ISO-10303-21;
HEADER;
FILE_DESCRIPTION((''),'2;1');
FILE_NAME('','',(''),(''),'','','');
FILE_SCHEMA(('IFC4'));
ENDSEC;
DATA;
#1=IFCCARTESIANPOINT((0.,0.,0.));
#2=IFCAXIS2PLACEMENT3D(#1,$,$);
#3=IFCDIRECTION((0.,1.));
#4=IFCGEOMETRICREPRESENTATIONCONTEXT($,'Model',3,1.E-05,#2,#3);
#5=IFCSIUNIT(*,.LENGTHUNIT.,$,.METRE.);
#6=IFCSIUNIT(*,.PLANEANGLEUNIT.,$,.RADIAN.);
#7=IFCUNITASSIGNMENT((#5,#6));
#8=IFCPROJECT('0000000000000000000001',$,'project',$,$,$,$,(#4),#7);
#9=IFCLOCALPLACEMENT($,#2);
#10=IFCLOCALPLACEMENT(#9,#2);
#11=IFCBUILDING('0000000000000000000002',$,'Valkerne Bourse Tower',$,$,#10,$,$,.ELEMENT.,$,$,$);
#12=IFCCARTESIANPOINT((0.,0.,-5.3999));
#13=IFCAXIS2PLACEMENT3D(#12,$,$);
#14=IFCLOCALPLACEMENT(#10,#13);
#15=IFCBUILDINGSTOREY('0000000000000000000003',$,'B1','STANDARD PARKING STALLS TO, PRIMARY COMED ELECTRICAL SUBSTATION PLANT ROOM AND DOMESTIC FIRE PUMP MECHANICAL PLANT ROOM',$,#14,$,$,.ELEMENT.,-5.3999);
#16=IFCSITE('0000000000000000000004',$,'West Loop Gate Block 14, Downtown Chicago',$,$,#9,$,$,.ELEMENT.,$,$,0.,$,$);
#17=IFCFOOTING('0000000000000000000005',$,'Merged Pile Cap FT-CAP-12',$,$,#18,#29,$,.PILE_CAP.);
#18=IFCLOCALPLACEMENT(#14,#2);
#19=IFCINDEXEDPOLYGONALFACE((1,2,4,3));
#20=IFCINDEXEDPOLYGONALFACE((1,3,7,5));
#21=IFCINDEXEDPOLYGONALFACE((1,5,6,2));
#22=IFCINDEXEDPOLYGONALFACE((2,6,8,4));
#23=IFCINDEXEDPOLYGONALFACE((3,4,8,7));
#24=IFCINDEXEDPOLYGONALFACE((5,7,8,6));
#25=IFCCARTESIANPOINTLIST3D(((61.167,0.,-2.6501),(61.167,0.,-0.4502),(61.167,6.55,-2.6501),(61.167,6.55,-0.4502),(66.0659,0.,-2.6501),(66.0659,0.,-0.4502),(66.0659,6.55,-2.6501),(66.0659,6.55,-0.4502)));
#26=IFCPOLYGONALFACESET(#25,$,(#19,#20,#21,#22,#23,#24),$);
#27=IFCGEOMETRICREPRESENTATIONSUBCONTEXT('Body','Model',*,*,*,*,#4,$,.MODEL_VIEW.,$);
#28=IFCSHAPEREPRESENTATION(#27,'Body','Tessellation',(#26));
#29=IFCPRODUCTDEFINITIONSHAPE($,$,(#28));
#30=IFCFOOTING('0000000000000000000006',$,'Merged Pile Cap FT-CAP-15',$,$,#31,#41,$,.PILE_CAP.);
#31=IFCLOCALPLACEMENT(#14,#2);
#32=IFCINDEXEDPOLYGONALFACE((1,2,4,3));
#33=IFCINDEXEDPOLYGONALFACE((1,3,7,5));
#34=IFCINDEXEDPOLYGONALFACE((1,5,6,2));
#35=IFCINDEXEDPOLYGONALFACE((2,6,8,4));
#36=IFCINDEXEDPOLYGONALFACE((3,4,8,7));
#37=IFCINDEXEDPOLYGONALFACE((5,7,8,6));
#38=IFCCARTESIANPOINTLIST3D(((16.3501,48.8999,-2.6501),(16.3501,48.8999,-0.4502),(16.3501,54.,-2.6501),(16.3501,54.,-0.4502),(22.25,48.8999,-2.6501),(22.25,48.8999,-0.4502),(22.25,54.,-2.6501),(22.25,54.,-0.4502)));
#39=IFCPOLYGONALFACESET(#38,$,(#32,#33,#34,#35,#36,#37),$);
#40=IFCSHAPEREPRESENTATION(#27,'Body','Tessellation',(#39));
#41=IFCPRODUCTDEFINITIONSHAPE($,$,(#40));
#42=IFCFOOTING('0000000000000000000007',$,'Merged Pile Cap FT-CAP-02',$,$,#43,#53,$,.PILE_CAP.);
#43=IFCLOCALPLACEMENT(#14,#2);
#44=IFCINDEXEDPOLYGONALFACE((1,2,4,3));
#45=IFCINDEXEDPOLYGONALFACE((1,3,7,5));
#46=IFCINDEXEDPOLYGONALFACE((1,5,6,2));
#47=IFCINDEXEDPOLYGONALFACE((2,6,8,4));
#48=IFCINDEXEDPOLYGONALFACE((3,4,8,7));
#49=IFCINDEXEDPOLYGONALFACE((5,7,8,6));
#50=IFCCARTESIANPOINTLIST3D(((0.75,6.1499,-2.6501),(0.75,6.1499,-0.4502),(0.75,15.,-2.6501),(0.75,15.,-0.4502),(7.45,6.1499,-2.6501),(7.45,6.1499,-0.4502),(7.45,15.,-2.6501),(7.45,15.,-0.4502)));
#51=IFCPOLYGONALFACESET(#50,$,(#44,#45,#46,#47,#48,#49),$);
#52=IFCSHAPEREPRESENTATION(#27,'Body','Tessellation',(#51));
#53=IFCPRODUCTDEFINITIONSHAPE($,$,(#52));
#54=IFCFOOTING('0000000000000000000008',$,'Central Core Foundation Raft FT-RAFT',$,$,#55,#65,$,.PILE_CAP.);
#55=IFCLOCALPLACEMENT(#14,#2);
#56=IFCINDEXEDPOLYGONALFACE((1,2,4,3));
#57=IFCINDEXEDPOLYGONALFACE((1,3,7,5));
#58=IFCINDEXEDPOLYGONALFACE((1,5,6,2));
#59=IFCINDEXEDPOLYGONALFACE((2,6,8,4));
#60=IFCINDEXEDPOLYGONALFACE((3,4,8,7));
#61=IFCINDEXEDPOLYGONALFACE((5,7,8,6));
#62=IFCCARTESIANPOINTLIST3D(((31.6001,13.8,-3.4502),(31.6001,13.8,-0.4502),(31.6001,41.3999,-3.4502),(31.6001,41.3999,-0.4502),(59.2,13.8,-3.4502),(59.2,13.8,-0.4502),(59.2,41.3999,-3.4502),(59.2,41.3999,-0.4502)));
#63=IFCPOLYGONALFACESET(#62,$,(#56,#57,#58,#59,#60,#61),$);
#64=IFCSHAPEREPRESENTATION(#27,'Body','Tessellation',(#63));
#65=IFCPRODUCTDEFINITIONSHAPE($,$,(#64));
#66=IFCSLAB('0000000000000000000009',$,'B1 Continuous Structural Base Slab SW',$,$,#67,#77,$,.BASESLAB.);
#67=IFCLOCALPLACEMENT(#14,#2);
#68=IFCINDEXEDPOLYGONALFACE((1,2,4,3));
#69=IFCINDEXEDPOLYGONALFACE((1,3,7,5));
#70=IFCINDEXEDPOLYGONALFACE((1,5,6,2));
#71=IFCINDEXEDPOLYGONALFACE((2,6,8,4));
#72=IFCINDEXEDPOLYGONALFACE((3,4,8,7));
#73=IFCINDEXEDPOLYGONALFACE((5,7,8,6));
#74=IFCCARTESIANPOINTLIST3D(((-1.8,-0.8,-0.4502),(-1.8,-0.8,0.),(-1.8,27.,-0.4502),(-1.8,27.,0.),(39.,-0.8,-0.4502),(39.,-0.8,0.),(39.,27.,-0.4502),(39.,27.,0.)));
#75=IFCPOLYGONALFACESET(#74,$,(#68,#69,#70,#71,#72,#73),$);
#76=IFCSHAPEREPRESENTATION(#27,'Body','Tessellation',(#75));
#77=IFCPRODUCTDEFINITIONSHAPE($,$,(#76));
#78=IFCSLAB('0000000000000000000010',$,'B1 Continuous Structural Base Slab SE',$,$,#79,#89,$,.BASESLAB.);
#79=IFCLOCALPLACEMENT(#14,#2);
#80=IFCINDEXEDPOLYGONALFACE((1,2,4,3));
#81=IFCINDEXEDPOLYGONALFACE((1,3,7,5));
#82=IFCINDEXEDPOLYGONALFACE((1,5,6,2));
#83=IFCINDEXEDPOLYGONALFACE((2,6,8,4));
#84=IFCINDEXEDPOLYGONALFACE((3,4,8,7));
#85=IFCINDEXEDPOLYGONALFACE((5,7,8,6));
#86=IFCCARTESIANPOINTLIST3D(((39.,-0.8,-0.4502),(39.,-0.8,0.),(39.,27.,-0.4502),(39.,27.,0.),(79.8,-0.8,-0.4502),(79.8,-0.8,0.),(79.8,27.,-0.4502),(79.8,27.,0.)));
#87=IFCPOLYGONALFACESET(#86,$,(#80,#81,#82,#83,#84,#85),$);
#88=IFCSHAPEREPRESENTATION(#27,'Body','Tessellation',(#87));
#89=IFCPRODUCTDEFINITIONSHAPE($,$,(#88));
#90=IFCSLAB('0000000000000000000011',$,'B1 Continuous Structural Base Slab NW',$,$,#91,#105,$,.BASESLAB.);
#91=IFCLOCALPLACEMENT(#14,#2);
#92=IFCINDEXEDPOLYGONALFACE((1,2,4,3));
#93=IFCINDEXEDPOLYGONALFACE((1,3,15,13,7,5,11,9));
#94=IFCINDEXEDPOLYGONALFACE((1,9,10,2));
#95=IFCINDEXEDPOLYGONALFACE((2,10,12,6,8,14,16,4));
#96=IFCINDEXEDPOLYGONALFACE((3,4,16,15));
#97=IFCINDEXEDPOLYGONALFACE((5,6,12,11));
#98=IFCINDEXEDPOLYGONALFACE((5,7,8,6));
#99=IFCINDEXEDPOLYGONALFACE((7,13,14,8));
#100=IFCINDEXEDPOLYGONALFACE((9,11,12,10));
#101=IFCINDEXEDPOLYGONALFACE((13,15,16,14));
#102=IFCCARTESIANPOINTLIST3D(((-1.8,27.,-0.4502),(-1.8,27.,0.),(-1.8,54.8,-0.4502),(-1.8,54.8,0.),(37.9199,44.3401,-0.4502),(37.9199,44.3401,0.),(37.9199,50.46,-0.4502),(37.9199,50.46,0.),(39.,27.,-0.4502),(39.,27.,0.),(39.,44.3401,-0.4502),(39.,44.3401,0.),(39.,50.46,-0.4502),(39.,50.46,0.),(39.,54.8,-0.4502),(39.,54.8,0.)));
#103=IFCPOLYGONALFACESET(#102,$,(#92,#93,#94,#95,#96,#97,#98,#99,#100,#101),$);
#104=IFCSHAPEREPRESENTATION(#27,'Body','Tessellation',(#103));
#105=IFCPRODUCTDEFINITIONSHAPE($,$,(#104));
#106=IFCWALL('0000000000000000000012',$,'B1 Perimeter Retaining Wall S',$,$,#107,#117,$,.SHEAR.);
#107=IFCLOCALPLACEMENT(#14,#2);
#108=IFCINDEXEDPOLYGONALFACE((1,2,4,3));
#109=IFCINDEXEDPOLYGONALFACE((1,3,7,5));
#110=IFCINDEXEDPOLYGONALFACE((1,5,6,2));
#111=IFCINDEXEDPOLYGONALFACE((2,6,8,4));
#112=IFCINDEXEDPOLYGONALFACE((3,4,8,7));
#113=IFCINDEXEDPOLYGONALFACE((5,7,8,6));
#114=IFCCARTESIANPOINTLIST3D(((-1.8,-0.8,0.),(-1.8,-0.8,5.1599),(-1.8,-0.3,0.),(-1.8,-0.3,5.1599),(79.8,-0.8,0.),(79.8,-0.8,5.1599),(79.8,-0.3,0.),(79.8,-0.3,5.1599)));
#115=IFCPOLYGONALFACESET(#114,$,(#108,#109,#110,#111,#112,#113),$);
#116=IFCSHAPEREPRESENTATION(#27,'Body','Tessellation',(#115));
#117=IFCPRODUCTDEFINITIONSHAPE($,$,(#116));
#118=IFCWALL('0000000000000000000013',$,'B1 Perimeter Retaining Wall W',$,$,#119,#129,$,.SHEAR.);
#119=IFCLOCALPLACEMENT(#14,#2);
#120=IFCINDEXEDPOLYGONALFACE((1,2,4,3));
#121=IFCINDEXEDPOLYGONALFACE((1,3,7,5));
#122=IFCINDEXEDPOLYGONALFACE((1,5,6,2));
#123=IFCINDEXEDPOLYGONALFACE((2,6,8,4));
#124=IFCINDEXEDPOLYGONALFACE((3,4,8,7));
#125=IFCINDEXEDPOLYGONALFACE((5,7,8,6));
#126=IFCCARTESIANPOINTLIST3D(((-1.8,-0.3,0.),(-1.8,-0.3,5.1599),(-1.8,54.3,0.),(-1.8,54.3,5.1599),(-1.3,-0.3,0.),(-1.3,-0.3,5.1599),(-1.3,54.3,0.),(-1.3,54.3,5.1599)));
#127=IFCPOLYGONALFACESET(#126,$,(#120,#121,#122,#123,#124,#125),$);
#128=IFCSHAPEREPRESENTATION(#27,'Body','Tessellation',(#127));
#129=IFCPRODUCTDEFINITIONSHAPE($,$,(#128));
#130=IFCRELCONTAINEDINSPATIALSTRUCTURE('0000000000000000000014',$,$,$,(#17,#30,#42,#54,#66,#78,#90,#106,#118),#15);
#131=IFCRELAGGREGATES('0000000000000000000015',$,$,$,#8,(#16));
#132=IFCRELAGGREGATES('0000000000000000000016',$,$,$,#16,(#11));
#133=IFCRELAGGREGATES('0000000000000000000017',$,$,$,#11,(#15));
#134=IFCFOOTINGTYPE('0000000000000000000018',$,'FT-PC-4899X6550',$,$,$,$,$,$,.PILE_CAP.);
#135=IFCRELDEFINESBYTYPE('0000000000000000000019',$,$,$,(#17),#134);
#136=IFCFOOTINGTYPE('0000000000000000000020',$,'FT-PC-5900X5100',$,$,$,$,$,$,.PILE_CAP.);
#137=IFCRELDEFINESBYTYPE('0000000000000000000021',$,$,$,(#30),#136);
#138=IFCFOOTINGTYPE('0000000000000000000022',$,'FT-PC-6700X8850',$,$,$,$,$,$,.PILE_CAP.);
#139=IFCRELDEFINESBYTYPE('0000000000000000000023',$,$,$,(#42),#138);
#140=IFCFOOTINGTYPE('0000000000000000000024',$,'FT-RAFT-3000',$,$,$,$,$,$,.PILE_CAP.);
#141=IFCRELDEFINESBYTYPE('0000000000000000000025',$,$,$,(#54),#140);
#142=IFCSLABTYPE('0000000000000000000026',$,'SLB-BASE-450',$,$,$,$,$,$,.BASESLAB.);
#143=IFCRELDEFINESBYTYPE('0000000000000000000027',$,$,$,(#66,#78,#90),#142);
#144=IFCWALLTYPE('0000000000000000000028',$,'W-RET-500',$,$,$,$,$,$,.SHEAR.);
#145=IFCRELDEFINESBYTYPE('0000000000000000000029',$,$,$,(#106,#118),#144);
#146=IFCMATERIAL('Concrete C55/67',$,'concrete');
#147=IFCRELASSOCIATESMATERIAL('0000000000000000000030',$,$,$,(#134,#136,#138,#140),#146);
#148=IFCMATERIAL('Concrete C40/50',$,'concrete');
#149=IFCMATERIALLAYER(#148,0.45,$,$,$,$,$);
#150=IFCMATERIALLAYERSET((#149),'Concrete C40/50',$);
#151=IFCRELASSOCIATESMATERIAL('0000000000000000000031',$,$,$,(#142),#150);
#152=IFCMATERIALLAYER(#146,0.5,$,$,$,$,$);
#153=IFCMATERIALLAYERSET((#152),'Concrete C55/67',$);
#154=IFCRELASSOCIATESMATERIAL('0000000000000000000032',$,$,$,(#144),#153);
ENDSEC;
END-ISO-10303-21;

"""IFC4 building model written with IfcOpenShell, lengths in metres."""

from ifc_helpers import new_model, si_unit, direction, frame, frame_2d, origin, place, context, subcontext, project, spatial, polyline, rectangle, outline, extrude, material, layer, layer_set, type_object, element, save


model = new_model("IFC4")

# Units and contexts
model_context = context("Model", 3, precision=1e-05, world=origin(), true_north=direction((0.0, 1.0)))
body_context = subcontext(model_context, "Body", "Model", "MODEL_VIEW")
ifc_project = project(units=[si_unit("LENGTHUNIT", "METRE"), si_unit("PLANEANGLEUNIT", "RADIAN")], contexts=[model_context])

# Site, building, storey
site_placement = place(None, origin())
site = spatial("IfcSite", under=ifc_project, at=site_placement, Name="West Loop Gate Block 14, Downtown Chicago", CompositionType="ELEMENT", RefElevation=0.0)
building_placement = place(site_placement, origin())
building = spatial("IfcBuilding", under=site, at=building_placement, Name="Valkerne Bourse Tower", CompositionType="ELEMENT")
storey_placement = place(building_placement, frame((0.0, 0.0, -5.3999)))
storey = spatial("IfcBuildingStorey", under=building, at=storey_placement, Name="B1", Description="STANDARD PARKING STALLS TO, PRIMARY COMED ELECTRICAL SUBSTATION PLANT ROOM AND DOMESTIC FIRE PUMP MECHANICAL PLANT ROOM", CompositionType="ELEMENT", Elevation=-5.3999)

# Footings
ifc_material_1 = material(Name="Concrete C55/67", Category="concrete")
footing_type_1 = type_object("IfcFootingType", Name="FT-PC-4899X6550", PredefinedType="PILE_CAP", material=ifc_material_1)
footing_1_placement = place(storey_placement, frame((0.0, 0.0, -2.6501)))
element("IfcFooting", 1, at=footing_1_placement, inside=storey, type_object=footing_type_1, Name="Merged Pile Cap FT-CAP-12", PredefinedType="PILE_CAP", context=body_context, shape_type="SweptSolid", body=[
    extrude(outline(polyline([(61.167, 0.0), (66.0659, 0.0), (66.0659, 6.55), (61.167, 6.55), (61.167, 0.0)])), origin(), (0.0, 0.0, 1.0), 2.2),
])
footing_type_2 = type_object("IfcFootingType", Name="FT-PC-5900X5100", PredefinedType="PILE_CAP", material=ifc_material_1)
footing_2_placement = place(storey_placement, frame((0.0, 0.0, -2.6501)))
element("IfcFooting", 2, at=footing_2_placement, inside=storey, type_object=footing_type_2, Name="Merged Pile Cap FT-CAP-15", PredefinedType="PILE_CAP", context=body_context, shape_type="SweptSolid", body=[
    extrude(outline(polyline([(16.3501, 48.8999), (22.25, 48.8999), (22.25, 54.0), (16.3501, 54.0), (16.3501, 48.8999)])), origin(), (0.0, 0.0, 1.0), 2.2),
])
footing_type_3 = type_object("IfcFootingType", Name="FT-PC-6700X8850", PredefinedType="PILE_CAP", material=ifc_material_1)
footing_3_placement = place(storey_placement, frame((0.0, 0.0, -2.6501)))
element("IfcFooting", 3, at=footing_3_placement, inside=storey, type_object=footing_type_3, Name="Merged Pile Cap FT-CAP-02", PredefinedType="PILE_CAP", context=body_context, shape_type="SweptSolid", body=[
    extrude(outline(polyline([(0.75, 6.1499), (7.45, 6.1499), (7.45, 15.0), (0.75, 15.0), (0.75, 6.1499)])), origin(), (0.0, 0.0, 1.0), 2.2),
])
footing_type_4 = type_object("IfcFootingType", Name="FT-RAFT-3000", PredefinedType="PILE_CAP", material=ifc_material_1)
footing_4_placement = place(storey_placement, frame((0.0, 0.0, -3.4502)))
element("IfcFooting", 4, at=footing_4_placement, inside=storey, type_object=footing_type_4, Name="Central Core Foundation Raft FT-RAFT", PredefinedType="PILE_CAP", context=body_context, shape_type="SweptSolid", body=[
    extrude(outline(polyline([(31.6001, 13.8), (59.2, 13.8), (59.2, 41.3999), (31.6001, 41.3999), (31.6001, 13.8)])), origin(), (0.0, 0.0, 1.0), 3.0),
])

# Slabs
ifc_material_2 = material(Name="Concrete C40/50", Category="concrete")
ifc_layer_1 = layer(ifc_material_2, 0.45)
ifc_layer_set_1 = layer_set([ifc_layer_1], Name="Concrete C40/50")
slab_type = type_object("IfcSlabType", Name="SLB-BASE-450", PredefinedType="BASESLAB", material=ifc_layer_set_1)
slab_1_placement = place(storey_placement, frame((0.0, 0.0, -0.4502)))
element("IfcSlab", 5, at=slab_1_placement, inside=storey, type_object=slab_type, Name="B1 Continuous Structural Base Slab SW", PredefinedType="BASESLAB", context=body_context, shape_type="SweptSolid", body=[
    extrude(outline(polyline([(39.0, -0.8), (39.0, 27.0), (-1.8, 27.0), (-1.8, -0.8), (39.0, -0.8)])), origin(), (0.0, 0.0, 1.0), 0.4502),
])
slab_2_placement = place(storey_placement, frame((0.0, 0.0, -0.4502)))
element("IfcSlab", 6, at=slab_2_placement, inside=storey, type_object=slab_type, Name="B1 Continuous Structural Base Slab SE", PredefinedType="BASESLAB", context=body_context, shape_type="SweptSolid", body=[
    extrude(outline(polyline([(79.8, -0.8), (79.8, 27.0), (39.0, 27.0), (39.0, -0.8), (79.8, -0.8)])), origin(), (0.0, 0.0, 1.0), 0.4502),
])
slab_3_placement = place(storey_placement, frame((0.0, 0.0, -0.4502)))
element("IfcSlab", 7, at=slab_3_placement, inside=storey, type_object=slab_type, Name="B1 Continuous Structural Base Slab NW", PredefinedType="BASESLAB", context=body_context, shape_type="SweptSolid", body=[
    extrude(outline(polyline([(39.0, 27.0), (-1.8, 27.0), (-1.8, 54.8), (39.0, 54.8), (39.0, 50.46), (37.9199, 50.46), (37.9199, 44.3401), (39.0, 44.3401), (39.0, 27.0)])), origin(), (0.0, 0.0, 1.0), 0.4502),
])

# Walls
ifc_layer_2 = layer(ifc_material_1, 0.5)
ifc_layer_set_2 = layer_set([ifc_layer_2], Name="Concrete C55/67")
wall_type = type_object("IfcWallType", Name="W-RET-500", PredefinedType="SHEAR", material=ifc_layer_set_2)
wall_1_placement = place(storey_placement, frame((-1.8, -0.55, 0.0), z_axis=(0.0, 0.0, 1.0), x_axis=(1.0, 0.0, 0.0)))
element("IfcWall", 8, at=wall_1_placement, inside=storey, type_object=wall_type, Name="B1 Perimeter Retaining Wall S", PredefinedType="SHEAR", context=body_context, shape_type="SweptSolid", body=[
    extrude(rectangle(XDim=81.6001, YDim=0.5, at=frame_2d((40.8, 0.0))), origin(), (0.0, 0.0, 1.0), 5.1599),
])
wall_2_placement = place(storey_placement, frame((-1.55, -0.3, 0.0), z_axis=(0.0, 0.0, 1.0), x_axis=(0.0, 1.0, 0.0)))
element("IfcWall", 9, at=wall_2_placement, inside=storey, type_object=wall_type, Name="B1 Perimeter Retaining Wall W", PredefinedType="SHEAR", context=body_context, shape_type="SweptSolid", body=[
    extrude(rectangle(XDim=54.6001, YDim=0.5, at=frame_2d((27.3, 0.0))), origin(), (0.0, 0.0, 1.0), 5.1599),
])

save(model, "model.ifc")
